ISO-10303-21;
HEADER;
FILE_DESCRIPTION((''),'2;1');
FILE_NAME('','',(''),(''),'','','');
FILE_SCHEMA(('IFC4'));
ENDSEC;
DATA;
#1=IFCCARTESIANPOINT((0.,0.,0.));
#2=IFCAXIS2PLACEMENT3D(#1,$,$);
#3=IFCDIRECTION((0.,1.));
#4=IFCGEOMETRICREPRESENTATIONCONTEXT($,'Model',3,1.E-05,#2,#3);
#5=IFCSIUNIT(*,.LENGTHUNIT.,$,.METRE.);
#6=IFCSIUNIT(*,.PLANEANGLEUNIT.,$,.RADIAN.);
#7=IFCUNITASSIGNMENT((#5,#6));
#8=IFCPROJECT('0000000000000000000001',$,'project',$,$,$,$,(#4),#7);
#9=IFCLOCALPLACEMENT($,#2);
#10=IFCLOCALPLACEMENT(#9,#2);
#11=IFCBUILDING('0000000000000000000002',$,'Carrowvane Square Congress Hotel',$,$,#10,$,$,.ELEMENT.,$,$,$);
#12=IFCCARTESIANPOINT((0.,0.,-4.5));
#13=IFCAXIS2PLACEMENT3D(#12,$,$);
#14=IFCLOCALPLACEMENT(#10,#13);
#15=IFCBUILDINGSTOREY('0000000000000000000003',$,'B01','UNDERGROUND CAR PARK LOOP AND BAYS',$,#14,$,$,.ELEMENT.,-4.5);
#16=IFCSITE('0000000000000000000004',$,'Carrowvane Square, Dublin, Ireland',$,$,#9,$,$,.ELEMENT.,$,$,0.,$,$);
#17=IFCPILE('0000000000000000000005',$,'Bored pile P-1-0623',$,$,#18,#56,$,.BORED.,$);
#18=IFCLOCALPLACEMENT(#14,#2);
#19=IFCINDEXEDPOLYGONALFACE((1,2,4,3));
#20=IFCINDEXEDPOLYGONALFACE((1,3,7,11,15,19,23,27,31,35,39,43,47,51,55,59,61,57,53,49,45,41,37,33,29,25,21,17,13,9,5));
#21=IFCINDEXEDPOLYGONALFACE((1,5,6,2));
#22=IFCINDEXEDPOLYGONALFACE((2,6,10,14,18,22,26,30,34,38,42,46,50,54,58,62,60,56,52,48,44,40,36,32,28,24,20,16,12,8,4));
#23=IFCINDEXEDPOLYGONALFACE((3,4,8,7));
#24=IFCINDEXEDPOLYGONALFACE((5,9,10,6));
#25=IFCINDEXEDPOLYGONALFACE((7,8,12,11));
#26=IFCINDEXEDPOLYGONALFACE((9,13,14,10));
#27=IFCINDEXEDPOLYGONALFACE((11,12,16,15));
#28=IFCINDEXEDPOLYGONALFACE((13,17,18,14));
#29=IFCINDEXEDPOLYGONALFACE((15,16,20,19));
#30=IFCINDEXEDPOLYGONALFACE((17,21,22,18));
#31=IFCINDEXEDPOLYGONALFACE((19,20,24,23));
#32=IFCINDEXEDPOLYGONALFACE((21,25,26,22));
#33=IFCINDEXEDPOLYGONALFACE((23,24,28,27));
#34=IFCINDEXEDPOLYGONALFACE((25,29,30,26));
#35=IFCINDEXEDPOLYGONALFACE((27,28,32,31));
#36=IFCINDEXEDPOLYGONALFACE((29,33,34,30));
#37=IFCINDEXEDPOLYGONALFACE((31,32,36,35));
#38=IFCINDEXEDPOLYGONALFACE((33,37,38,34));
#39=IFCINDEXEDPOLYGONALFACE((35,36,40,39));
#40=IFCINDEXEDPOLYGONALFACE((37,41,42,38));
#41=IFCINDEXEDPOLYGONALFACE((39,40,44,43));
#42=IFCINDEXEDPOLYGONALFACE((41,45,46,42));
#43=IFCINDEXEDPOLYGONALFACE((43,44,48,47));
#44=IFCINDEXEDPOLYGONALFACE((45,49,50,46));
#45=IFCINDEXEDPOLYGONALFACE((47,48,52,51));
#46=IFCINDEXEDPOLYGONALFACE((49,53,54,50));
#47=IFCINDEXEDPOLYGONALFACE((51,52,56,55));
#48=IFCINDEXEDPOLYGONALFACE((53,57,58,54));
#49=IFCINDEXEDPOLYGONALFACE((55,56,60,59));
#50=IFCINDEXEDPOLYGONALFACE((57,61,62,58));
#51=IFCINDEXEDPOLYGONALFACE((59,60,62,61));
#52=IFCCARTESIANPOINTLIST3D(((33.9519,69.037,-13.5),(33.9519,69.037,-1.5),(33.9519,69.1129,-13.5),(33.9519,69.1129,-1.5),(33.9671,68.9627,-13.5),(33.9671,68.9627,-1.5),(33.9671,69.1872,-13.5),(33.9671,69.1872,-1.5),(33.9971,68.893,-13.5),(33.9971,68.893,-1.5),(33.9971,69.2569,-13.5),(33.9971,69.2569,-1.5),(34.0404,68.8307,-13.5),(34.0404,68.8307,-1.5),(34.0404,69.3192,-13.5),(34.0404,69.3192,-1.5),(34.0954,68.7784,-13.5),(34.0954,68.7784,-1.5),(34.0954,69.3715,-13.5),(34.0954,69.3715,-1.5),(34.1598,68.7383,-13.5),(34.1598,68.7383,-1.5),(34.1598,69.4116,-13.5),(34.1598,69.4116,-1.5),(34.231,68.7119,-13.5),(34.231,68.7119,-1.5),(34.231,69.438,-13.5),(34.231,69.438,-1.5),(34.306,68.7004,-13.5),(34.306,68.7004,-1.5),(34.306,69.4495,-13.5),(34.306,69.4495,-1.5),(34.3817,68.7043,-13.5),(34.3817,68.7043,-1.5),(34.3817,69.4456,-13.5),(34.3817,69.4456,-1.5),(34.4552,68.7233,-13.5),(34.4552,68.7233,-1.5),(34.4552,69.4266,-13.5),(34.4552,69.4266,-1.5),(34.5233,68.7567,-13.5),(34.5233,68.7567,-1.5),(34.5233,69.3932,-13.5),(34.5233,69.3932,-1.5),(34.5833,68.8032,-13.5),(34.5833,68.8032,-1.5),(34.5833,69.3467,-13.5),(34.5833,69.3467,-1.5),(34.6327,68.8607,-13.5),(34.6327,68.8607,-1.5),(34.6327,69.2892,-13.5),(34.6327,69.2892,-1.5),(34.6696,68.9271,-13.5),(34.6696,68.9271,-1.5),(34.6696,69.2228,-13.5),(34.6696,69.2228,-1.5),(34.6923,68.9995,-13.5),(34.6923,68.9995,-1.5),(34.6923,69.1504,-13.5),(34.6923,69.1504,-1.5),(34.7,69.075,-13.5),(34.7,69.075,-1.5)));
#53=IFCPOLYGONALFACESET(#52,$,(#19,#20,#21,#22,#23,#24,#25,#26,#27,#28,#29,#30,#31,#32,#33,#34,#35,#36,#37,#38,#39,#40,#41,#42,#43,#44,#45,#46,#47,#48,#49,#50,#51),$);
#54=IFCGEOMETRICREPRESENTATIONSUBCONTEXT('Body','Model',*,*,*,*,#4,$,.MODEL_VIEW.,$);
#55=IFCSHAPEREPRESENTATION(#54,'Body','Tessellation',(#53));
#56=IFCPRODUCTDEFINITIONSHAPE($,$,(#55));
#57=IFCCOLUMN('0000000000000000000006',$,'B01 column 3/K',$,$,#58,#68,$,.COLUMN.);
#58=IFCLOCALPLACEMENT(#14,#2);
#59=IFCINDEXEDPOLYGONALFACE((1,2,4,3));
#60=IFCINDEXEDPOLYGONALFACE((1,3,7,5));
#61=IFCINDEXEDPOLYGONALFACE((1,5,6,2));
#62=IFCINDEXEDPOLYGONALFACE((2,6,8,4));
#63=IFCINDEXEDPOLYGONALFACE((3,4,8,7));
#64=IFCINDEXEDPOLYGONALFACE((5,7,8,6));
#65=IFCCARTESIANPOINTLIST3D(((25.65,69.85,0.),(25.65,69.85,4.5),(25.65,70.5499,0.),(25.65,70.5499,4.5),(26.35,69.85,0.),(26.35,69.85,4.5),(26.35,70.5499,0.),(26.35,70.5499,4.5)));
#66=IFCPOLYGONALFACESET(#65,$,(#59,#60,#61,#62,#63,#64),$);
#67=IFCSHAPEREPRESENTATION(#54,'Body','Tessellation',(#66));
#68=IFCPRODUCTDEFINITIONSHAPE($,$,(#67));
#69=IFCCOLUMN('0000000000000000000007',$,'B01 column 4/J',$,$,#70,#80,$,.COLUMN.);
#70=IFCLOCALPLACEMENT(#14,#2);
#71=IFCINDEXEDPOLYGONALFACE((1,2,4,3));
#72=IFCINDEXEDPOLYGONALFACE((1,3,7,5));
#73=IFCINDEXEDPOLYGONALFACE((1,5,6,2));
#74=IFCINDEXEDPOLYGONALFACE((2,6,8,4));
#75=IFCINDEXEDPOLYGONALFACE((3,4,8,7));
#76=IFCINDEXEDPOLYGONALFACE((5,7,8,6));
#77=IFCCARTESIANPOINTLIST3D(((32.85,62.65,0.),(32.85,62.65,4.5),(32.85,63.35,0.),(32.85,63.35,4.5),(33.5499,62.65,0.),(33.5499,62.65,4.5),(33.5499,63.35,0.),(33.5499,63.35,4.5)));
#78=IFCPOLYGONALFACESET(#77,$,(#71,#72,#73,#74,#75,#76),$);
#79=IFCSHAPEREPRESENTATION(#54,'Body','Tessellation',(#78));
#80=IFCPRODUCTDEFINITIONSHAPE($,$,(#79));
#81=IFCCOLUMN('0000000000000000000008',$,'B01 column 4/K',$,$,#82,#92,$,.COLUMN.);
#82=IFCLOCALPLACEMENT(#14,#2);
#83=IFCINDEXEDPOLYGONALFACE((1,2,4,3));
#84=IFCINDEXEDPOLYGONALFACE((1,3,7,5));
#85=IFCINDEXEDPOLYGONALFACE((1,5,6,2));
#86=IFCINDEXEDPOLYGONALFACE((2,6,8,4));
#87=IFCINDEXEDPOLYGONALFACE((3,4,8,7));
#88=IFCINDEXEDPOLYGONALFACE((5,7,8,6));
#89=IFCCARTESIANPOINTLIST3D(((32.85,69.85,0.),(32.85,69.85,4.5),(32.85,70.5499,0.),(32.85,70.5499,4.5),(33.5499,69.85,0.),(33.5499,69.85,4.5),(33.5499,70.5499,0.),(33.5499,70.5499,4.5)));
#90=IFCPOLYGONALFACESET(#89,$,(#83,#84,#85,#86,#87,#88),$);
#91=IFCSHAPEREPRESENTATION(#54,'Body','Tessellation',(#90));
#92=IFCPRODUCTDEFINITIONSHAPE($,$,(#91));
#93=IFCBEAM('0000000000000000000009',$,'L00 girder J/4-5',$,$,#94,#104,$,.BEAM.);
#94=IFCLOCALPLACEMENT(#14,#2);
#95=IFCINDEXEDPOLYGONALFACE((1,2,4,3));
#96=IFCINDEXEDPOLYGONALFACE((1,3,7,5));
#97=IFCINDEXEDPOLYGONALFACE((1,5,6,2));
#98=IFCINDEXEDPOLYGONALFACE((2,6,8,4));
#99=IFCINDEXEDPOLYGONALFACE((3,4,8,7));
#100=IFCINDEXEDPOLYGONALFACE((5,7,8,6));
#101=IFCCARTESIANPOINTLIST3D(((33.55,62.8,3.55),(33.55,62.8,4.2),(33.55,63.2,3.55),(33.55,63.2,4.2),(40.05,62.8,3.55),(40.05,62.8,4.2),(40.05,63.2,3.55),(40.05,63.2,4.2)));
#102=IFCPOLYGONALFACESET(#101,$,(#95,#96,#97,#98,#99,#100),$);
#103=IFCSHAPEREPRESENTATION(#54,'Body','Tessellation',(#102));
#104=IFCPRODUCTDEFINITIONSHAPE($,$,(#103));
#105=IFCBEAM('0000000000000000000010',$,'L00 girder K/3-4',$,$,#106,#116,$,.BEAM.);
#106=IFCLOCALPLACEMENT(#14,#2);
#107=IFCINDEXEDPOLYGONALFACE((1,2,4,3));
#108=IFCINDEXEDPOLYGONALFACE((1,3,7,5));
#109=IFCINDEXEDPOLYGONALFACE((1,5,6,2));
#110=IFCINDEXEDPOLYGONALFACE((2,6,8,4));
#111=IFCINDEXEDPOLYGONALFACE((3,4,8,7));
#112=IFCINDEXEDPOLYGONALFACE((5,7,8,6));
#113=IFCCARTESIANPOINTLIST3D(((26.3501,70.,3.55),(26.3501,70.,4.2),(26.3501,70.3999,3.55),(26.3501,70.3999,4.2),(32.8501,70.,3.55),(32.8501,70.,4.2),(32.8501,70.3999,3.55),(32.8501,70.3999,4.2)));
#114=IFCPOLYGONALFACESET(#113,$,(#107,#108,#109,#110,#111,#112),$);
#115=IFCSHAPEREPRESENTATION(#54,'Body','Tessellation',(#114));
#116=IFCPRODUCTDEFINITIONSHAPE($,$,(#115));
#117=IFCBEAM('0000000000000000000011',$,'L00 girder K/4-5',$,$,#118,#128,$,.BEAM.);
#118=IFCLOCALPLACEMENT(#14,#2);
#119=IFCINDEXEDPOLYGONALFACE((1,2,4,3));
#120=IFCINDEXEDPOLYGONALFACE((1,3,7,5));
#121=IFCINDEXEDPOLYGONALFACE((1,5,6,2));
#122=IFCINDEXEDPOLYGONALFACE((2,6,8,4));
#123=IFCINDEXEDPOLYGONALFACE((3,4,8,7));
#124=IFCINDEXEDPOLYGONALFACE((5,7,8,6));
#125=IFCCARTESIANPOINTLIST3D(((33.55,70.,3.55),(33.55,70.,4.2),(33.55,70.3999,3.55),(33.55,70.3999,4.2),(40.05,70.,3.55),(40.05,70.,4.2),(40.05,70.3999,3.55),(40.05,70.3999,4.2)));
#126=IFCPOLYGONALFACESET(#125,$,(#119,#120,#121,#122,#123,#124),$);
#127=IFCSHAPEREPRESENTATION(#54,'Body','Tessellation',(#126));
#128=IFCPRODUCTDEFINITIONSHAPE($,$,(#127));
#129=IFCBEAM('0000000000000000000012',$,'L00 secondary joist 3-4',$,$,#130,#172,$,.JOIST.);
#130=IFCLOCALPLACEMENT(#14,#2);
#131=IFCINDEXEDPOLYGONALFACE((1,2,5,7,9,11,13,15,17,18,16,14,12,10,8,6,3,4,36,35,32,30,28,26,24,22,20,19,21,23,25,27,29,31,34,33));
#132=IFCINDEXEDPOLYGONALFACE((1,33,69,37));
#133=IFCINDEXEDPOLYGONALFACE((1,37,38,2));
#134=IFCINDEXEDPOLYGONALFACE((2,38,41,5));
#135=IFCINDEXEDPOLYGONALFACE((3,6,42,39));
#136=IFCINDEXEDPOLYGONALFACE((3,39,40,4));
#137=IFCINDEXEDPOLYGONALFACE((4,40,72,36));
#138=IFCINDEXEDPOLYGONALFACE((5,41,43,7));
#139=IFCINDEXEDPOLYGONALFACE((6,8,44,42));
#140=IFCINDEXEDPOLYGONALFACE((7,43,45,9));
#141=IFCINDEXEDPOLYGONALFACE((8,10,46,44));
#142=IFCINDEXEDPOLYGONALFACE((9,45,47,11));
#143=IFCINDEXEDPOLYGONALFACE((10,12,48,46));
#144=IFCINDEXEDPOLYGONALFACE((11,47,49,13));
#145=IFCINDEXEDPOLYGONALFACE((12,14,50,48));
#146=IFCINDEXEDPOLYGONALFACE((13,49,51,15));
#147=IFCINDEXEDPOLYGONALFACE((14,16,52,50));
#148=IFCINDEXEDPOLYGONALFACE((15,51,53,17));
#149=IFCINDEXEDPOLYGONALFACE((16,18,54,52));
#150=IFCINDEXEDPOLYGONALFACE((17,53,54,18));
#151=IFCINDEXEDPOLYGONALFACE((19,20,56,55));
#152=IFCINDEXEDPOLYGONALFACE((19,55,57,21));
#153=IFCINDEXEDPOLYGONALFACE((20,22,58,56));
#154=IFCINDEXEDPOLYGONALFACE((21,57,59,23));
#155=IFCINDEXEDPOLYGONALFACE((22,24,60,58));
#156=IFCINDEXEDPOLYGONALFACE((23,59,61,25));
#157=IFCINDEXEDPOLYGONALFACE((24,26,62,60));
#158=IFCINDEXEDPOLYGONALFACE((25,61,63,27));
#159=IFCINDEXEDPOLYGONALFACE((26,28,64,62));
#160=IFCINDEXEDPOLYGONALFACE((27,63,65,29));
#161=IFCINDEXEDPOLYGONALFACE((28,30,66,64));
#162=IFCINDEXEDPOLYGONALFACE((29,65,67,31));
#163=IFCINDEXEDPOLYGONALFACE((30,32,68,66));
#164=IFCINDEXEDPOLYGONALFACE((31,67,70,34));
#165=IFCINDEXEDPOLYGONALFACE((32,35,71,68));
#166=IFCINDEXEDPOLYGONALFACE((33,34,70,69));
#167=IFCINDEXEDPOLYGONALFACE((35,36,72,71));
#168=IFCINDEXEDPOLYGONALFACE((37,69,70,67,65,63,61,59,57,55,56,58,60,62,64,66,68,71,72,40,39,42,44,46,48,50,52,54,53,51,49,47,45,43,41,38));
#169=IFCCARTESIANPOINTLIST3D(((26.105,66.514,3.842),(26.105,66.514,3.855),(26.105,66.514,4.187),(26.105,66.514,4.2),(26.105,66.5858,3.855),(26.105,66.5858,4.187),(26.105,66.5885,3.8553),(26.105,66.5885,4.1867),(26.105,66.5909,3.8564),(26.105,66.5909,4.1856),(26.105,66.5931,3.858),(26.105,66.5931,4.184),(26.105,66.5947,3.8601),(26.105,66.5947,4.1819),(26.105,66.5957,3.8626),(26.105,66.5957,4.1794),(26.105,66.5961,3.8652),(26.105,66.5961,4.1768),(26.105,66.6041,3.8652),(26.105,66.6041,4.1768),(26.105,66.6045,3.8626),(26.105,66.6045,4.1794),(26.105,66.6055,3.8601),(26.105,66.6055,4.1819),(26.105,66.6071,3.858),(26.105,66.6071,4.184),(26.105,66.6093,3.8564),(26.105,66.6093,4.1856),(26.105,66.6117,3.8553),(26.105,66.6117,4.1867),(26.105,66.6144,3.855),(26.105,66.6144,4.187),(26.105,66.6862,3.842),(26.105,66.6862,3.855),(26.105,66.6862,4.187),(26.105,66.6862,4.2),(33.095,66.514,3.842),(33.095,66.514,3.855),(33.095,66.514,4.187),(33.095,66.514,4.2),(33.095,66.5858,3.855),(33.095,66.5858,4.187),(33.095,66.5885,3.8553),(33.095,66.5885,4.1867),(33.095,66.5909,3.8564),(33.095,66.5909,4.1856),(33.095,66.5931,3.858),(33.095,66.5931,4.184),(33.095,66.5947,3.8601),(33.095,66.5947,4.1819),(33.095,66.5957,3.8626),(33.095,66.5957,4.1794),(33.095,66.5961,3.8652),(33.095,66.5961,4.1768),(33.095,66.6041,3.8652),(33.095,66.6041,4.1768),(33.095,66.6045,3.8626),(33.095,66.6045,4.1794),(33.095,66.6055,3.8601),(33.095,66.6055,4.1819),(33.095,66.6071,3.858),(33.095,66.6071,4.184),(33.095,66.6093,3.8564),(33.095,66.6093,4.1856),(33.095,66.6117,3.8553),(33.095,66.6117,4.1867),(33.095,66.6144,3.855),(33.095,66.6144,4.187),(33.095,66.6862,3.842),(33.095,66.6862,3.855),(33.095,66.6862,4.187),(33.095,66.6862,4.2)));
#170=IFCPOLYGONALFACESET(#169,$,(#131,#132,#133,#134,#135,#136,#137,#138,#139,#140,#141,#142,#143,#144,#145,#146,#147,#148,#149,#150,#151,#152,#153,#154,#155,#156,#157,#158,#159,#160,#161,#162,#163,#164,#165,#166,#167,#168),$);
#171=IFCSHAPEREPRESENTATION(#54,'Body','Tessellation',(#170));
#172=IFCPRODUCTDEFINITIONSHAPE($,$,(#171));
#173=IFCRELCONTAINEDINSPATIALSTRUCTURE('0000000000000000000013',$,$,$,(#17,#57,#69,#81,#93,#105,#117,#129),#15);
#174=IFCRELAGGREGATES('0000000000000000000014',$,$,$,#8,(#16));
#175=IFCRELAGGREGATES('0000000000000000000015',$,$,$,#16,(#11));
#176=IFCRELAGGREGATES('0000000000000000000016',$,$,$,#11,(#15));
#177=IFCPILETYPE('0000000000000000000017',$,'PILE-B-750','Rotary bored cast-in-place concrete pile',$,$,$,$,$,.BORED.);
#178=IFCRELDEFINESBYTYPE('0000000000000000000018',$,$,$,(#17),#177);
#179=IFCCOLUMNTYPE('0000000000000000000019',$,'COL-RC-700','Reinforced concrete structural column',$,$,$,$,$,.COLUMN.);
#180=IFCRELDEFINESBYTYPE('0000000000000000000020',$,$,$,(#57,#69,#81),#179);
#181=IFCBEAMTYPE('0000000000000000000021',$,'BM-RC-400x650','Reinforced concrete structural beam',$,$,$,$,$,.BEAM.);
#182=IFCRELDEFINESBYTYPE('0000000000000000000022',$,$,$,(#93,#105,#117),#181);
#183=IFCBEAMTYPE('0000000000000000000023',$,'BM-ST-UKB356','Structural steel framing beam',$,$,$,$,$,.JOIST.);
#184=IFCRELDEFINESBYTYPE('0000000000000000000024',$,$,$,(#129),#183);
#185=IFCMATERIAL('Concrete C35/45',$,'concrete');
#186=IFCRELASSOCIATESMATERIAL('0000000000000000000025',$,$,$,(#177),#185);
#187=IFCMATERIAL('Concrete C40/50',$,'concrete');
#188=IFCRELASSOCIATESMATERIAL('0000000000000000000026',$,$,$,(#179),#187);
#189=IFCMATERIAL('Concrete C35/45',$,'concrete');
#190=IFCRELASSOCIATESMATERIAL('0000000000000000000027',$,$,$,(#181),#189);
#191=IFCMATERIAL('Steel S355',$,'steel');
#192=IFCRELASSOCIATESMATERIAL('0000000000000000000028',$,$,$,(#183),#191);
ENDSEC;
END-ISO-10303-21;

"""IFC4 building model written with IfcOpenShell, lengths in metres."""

from ifc_helpers import new_model, si_unit, direction, frame, origin, origin_2d, place, context, subcontext, project, spatial, rectangle, circle, i_section, extrude, material, material_profile, profile_set, type_object, element, save


model = new_model("IFC4")

# Units and contexts
model_context = context("Model", 3, precision=1e-05, world=origin(), true_north=direction((0.0, 1.0)))
body_context = subcontext(model_context, "Body", "Model", "MODEL_VIEW")
ifc_project = project(units=[si_unit("LENGTHUNIT", "METRE"), si_unit("PLANEANGLEUNIT", "RADIAN")], contexts=[model_context])

# Site, building, storey
site_placement = place(None, origin())
site = spatial("IfcSite", under=ifc_project, at=site_placement, Name="Carrowvane Square, Dublin, Ireland", CompositionType="ELEMENT", RefElevation=0.0)
building_placement = place(site_placement, origin())
building = spatial("IfcBuilding", under=site, at=building_placement, Name="Carrowvane Square Congress Hotel", CompositionType="ELEMENT")
storey_placement = place(building_placement, frame((0.0, 0.0, -4.5)))
storey = spatial("IfcBuildingStorey", under=building, at=storey_placement, Name="B01", Description="UNDERGROUND CAR PARK LOOP AND BAYS", CompositionType="ELEMENT", Elevation=-4.5)

# Pile
ifc_material_1 = material(Name="Concrete C35/45", Category="concrete")
ifc_material_profile_1 = material_profile(ifc_material_1, circle(Radius=0.375, at=origin_2d()), Name="PILE D750")
ifc_profile_set_1 = profile_set([ifc_material_profile_1], Name="Concrete C35/45")
pile_type = type_object("IfcPileType", Name="PILE-B-750", Description="Rotary bored cast-in-place concrete pile", PredefinedType="BORED", material=ifc_profile_set_1)
for number, where, z_axis, x_axis, name in (
    (1, (34.325, 69.075, -1.5), (0.0, 0.0, -1.0), (1.0, 0.0, 0.0), "Bored pile P-1-0623"),
):
    element("IfcPile", number, at=place(storey_placement, frame(where, z_axis=z_axis, x_axis=x_axis)), inside=storey, type_object=pile_type, Name=name, PredefinedType="BORED", context=body_context, shape_type="SweptSolid", body=[
        extrude(circle(Radius=0.375, at=origin_2d()), origin(), (0.0, 0.0, 1.0), 12.0),
    ])

# Columns
ifc_material_2 = material(Name="Concrete C40/50", Category="concrete")
ifc_material_profile_2 = material_profile(ifc_material_2, rectangle(XDim=0.7, YDim=0.7, at=origin_2d()), Name="RC 700x700")
ifc_profile_set_2 = profile_set([ifc_material_profile_2], Name="Concrete C40/50")
column_type = type_object("IfcColumnType", Name="COL-RC-700", Description="Reinforced concrete structural column", PredefinedType="COLUMN", material=ifc_profile_set_2)
for number, where, z_axis, x_axis, name in (
    (2, (26.0, 70.2, 0.0), (0.0, 0.0, 1.0), (1.0, 0.0, 0.0), "B01 column 3/K"),
    (3, (33.2, 63.0, 0.0), (0.0, 0.0, 1.0), (1.0, 0.0, 0.0), "B01 column 4/J"),
    (4, (33.2, 70.2, 0.0), (0.0, 0.0, 1.0), (1.0, 0.0, 0.0), "B01 column 4/K"),
):
    element("IfcColumn", number, at=place(storey_placement, frame(where, z_axis=z_axis, x_axis=x_axis)), inside=storey, type_object=column_type, Name=name, PredefinedType="COLUMN", context=body_context, shape_type="SweptSolid", body=[
        extrude(rectangle(XDim=0.7, YDim=0.7, at=origin_2d()), origin(), (0.0, 0.0, 1.0), 4.5),
    ])

# Beams
ifc_material_3 = material(Name="Concrete C35/45", Category="concrete")
ifc_material_profile_3 = material_profile(ifc_material_3, rectangle(XDim=0.3999, YDim=0.6499, at=origin_2d()), Name="RC 400x650")
ifc_profile_set_3 = profile_set([ifc_material_profile_3], Name="Concrete C35/45")
beam_type_1 = type_object("IfcBeamType", Name="BM-RC-400x650", Description="Reinforced concrete structural beam", PredefinedType="BEAM", material=ifc_profile_set_3)
for number, where, z_axis, x_axis, name in (
    (5, (33.55, 63.0, 3.875), (1.0, 0.0, 0.0), (0.0, 1.0, 0.0), "L00 girder J/4-5"),
    (6, (26.3501, 70.2, 3.875), (1.0, 0.0, 0.0), (0.0, 1.0, 0.0), "L00 girder K/3-4"),
    (7, (33.55, 70.2, 3.875), (1.0, 0.0, 0.0), (0.0, 1.0, 0.0), "L00 girder K/4-5"),
):
    element("IfcBeam", number, at=place(storey_placement, frame(where, z_axis=z_axis, x_axis=x_axis)), inside=storey, type_object=beam_type_1, Name=name, PredefinedType="BEAM", context=body_context, shape_type="SweptSolid", body=[
        extrude(rectangle(XDim=0.3999, YDim=0.6499, at=origin_2d()), origin(), (0.0, 0.0, 1.0), 6.5),
    ])
ifc_material_4 = material(Name="Steel S355", Category="steel")
ifc_material_profile_4 = material_profile(ifc_material_4, i_section(OverallWidth=0.1721, OverallDepth=0.3579, WebThickness=0.0081, FlangeThickness=0.0129, FilletRadius=0.0103, at=origin_2d()), Name="UKB 356x171x57")
ifc_profile_set_4 = profile_set([ifc_material_profile_4], Name="Steel S355")
beam_type_2 = type_object("IfcBeamType", Name="BM-ST-UKB356", Description="Structural steel framing beam", PredefinedType="JOIST", material=ifc_profile_set_4)
for number, where, z_axis, x_axis, name in (
    (8, (26.105, 66.6001, 4.021), (1.0, 0.0, 0.0), (0.0, 1.0, 0.0), "L00 secondary joist 3-4"),
):
    element("IfcBeam", number, at=place(storey_placement, frame(where, z_axis=z_axis, x_axis=x_axis)), inside=storey, type_object=beam_type_2, Name=name, PredefinedType="JOIST", context=body_context, shape_type="SweptSolid", body=[
        extrude(i_section(OverallWidth=0.1721, OverallDepth=0.3579, WebThickness=0.0081, FlangeThickness=0.0129, FilletRadius=0.0103, at=origin_2d()), origin(), (0.0, 0.0, 1.0), 6.99),
    ])

save(model, "model.ifc")
